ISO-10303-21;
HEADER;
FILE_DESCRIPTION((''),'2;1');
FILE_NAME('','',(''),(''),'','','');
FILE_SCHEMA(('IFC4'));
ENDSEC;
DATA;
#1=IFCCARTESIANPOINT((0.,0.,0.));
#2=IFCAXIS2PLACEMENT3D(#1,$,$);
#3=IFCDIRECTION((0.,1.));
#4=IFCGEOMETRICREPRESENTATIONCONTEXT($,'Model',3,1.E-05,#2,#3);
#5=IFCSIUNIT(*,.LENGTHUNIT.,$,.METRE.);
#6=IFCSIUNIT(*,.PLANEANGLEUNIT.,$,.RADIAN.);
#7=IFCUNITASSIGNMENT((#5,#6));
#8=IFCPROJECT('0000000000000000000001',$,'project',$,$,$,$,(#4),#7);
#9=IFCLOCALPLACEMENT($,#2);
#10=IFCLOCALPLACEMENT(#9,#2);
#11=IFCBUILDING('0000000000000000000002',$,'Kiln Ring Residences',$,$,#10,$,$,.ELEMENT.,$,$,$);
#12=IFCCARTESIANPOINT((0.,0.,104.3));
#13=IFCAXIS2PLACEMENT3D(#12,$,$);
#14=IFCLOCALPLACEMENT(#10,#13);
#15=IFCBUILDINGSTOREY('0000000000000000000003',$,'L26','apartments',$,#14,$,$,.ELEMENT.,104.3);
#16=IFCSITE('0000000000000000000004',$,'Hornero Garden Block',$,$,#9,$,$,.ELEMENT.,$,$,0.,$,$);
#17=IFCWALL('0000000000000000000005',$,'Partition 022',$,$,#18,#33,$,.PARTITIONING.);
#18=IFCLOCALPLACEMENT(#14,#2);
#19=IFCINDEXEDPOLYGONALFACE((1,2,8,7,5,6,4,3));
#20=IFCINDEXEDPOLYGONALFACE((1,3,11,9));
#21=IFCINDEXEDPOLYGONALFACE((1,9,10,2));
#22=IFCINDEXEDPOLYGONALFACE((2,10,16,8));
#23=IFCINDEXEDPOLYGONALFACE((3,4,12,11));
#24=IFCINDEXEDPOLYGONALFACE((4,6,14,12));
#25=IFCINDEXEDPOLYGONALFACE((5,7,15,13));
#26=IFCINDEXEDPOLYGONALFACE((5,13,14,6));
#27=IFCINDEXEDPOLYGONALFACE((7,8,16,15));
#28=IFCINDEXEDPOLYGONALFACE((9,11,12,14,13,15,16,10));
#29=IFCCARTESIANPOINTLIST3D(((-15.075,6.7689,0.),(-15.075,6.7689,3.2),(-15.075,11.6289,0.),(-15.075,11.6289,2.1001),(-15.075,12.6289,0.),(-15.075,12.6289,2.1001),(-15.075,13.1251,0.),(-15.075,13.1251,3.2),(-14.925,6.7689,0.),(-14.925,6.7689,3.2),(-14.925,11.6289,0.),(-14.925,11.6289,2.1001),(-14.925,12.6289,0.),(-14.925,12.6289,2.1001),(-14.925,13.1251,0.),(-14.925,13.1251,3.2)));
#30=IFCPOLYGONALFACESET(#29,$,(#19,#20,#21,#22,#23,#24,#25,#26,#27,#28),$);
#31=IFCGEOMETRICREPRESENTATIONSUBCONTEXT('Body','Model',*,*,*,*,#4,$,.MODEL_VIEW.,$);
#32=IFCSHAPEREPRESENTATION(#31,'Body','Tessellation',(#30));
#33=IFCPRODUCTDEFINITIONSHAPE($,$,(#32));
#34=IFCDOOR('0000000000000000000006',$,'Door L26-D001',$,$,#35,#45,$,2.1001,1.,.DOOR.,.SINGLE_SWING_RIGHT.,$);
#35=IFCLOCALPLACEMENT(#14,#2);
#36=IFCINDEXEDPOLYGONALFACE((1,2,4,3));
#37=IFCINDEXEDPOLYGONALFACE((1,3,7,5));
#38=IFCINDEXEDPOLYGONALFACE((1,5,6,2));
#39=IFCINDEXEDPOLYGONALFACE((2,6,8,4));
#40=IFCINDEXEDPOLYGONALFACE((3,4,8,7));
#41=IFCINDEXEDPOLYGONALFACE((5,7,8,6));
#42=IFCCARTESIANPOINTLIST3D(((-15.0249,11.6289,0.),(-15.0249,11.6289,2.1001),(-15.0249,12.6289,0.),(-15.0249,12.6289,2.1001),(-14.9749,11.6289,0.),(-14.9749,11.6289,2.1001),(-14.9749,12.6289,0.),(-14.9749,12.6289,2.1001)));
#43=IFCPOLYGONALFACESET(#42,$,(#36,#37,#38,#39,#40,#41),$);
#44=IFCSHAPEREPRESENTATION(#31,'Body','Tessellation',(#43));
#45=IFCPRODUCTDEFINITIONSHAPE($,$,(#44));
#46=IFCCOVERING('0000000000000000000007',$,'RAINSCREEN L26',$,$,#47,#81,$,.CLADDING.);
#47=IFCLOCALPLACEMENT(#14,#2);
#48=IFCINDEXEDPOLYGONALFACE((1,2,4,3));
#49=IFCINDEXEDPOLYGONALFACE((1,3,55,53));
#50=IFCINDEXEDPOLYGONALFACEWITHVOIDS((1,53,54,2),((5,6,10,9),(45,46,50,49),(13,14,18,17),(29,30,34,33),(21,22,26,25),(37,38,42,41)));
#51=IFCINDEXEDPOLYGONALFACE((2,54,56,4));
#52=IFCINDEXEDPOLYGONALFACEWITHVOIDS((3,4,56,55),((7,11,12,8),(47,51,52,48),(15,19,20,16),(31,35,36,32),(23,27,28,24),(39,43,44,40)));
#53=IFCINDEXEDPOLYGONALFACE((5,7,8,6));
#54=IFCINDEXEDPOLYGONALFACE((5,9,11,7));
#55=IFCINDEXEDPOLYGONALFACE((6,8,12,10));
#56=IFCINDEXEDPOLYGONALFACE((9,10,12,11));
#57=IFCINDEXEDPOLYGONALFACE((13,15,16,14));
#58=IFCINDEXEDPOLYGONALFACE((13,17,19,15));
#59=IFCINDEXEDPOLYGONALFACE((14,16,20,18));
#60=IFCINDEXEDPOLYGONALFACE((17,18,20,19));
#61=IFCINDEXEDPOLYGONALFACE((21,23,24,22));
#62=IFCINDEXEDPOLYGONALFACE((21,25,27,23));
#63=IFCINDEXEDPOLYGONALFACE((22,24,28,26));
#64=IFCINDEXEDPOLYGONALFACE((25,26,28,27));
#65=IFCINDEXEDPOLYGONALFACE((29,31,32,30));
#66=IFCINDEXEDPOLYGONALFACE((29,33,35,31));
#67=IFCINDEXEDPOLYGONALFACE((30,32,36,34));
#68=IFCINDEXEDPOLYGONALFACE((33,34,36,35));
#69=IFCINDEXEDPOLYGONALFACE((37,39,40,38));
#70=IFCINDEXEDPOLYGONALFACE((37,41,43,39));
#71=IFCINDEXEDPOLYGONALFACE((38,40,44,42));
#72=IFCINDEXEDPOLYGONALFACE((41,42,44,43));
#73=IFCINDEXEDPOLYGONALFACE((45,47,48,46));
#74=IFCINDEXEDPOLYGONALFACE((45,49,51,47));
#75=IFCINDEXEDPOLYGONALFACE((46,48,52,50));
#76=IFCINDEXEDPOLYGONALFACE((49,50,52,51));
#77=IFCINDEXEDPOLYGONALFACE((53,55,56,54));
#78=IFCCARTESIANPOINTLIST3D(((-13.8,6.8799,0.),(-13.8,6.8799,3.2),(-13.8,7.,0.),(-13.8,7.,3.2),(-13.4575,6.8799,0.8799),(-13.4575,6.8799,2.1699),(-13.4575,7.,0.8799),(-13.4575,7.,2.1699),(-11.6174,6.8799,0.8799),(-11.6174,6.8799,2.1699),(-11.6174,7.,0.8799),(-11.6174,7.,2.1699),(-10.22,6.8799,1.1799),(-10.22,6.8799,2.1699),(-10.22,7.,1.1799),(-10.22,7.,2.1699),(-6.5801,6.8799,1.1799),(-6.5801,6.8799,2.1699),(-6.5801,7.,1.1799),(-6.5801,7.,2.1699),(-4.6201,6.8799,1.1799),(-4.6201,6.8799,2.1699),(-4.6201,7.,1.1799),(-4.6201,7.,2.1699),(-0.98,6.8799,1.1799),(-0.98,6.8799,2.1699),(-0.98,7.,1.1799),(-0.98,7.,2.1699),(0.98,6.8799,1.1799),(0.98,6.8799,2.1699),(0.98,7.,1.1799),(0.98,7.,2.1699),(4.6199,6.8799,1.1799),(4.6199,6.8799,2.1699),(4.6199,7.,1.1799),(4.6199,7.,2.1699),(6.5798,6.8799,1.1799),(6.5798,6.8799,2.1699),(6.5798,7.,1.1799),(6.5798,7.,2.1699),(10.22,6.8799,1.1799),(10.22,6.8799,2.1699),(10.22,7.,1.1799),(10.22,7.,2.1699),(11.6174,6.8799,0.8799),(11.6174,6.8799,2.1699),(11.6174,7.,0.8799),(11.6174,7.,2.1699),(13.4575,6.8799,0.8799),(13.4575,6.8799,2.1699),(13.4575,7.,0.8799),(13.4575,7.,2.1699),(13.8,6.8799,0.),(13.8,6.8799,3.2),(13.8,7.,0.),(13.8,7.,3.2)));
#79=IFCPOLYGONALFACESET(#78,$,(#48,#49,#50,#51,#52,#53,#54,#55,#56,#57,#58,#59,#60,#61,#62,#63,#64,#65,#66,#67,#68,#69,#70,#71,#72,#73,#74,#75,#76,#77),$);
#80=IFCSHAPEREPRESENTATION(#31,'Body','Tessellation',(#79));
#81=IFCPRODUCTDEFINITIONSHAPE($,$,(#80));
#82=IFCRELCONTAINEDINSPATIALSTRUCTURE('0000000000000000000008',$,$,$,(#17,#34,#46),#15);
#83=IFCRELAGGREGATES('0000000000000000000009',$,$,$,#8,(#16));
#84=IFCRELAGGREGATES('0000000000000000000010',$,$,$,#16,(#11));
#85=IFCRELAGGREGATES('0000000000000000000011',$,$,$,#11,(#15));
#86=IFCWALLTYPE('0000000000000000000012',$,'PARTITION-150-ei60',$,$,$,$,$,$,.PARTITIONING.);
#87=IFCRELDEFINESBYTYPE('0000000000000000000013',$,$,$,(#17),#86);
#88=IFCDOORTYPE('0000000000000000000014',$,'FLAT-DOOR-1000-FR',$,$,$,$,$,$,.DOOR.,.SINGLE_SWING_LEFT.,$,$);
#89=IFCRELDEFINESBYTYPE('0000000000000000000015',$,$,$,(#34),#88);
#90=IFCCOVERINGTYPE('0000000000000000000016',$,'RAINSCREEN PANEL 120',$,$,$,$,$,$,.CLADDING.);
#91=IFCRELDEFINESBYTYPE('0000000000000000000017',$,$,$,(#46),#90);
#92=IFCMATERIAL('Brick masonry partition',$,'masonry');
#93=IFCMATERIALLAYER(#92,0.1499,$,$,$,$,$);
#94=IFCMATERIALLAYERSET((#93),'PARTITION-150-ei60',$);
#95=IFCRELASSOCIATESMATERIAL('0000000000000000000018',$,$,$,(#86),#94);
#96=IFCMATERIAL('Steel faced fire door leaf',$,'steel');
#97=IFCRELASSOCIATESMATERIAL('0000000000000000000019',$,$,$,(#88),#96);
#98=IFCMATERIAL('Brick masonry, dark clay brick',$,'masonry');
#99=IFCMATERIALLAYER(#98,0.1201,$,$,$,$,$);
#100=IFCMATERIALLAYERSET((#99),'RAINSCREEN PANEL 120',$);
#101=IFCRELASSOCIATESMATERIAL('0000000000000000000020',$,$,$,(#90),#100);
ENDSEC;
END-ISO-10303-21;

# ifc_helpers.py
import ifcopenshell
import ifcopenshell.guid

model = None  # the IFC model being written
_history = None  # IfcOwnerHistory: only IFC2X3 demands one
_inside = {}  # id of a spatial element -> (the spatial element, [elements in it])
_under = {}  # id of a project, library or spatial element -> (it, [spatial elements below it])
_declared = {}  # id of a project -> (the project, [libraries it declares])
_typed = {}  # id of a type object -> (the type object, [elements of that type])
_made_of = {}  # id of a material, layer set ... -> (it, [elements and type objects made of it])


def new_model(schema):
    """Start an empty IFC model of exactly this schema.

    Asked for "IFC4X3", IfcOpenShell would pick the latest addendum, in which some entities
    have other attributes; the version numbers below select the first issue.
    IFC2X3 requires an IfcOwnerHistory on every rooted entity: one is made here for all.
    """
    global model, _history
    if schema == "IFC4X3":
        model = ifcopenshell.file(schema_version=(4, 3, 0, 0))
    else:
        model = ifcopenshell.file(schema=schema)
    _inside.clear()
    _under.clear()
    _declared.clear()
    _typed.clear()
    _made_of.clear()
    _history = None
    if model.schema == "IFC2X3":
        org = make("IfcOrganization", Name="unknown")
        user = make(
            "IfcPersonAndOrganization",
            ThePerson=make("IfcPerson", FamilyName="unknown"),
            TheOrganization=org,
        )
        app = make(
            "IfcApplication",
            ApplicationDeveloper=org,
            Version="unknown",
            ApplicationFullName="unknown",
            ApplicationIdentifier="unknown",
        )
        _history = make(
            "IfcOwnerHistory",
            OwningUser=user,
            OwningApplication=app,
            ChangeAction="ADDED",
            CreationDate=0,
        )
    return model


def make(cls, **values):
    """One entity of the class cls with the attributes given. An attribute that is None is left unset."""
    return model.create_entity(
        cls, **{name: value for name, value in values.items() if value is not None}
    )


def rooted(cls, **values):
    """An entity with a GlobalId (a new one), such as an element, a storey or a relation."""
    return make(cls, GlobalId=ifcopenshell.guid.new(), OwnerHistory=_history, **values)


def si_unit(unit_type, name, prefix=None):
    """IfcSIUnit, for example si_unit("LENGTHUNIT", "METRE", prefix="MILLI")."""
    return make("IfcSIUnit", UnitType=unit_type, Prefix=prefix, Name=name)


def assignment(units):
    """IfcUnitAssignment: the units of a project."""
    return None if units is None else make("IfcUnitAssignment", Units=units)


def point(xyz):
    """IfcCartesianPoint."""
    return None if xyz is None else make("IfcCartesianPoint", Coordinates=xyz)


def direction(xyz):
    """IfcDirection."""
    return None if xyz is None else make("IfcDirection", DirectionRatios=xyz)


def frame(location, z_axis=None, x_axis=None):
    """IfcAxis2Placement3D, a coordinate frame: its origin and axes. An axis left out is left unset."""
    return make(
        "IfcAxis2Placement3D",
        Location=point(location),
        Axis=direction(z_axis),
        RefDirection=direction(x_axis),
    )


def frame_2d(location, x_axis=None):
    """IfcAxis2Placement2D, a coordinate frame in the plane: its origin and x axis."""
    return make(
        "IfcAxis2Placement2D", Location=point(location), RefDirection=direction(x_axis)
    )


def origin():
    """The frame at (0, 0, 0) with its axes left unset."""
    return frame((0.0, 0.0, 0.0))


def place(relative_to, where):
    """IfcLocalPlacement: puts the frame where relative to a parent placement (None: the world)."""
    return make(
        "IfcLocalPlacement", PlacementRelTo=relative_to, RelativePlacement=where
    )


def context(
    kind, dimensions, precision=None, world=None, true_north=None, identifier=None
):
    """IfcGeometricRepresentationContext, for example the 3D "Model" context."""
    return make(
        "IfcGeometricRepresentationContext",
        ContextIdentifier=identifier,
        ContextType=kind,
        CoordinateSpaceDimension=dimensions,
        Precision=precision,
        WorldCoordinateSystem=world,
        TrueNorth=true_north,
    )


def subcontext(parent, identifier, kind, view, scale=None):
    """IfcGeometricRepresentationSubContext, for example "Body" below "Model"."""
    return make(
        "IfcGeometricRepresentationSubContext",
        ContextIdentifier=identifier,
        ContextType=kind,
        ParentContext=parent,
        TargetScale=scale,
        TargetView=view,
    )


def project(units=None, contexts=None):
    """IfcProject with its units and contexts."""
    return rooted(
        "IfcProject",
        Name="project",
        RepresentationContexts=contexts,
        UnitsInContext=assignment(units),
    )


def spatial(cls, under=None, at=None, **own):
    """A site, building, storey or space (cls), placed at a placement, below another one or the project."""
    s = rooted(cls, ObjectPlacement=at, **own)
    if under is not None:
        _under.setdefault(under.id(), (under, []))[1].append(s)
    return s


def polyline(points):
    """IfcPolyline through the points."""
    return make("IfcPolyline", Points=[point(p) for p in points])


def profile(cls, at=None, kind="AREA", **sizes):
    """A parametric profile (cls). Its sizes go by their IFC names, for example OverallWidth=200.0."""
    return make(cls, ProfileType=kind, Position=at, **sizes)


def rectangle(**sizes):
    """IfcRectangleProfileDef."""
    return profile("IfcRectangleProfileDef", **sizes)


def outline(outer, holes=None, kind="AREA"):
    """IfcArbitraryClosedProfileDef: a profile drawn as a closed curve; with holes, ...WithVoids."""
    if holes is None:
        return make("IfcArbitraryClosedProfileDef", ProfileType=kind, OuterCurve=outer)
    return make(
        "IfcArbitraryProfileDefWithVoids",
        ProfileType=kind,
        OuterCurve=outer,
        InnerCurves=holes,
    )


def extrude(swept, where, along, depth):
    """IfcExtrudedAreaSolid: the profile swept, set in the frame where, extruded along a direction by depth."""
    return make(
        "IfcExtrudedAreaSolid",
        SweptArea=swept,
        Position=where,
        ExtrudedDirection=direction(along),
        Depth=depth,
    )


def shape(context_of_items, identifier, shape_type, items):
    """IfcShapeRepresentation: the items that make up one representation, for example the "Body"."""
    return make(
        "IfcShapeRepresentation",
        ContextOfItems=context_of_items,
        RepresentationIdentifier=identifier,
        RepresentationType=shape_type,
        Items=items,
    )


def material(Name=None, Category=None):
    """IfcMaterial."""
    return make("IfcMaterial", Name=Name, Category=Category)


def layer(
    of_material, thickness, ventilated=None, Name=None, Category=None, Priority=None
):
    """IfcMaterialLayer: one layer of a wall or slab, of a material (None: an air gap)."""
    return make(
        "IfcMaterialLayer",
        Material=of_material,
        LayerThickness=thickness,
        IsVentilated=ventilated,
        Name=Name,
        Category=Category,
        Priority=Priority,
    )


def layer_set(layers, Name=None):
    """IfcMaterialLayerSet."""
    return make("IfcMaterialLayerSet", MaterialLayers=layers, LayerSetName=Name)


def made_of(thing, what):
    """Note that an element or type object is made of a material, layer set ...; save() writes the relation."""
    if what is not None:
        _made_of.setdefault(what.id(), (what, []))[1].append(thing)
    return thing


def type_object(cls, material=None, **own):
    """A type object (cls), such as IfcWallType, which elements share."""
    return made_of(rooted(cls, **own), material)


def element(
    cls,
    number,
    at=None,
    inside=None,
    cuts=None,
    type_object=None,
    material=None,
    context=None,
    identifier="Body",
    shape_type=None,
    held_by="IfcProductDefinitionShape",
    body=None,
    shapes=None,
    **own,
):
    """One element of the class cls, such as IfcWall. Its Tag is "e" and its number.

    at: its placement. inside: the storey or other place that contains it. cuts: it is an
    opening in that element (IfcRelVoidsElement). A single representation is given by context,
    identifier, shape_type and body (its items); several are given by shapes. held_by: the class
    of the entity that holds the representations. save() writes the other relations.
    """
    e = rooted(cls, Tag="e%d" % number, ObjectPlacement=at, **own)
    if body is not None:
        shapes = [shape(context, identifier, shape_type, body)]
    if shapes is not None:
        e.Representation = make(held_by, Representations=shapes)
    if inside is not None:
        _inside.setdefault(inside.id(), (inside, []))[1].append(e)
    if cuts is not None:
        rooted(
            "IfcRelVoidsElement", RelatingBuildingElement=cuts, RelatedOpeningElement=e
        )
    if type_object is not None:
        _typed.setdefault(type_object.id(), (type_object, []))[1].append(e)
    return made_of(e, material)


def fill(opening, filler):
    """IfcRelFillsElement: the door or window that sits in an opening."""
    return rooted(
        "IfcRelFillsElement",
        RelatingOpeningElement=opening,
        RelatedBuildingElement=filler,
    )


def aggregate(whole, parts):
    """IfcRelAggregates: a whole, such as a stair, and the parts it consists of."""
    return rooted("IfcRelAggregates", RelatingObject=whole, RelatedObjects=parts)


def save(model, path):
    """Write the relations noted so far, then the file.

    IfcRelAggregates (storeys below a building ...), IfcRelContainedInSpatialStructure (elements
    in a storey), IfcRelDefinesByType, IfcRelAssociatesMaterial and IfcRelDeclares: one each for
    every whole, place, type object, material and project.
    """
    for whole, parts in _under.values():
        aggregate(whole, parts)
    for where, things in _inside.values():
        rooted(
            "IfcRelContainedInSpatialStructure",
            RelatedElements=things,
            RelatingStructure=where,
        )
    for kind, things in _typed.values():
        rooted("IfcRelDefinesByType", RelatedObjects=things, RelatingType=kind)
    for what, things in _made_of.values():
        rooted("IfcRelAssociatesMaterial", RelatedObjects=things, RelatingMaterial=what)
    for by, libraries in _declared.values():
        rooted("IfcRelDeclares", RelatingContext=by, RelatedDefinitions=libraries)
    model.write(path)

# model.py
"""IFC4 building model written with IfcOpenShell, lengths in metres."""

from ifc_helpers import new_model, si_unit, direction, frame, frame_2d, origin, place, context, subcontext, project, spatial, polyline, rectangle, outline, extrude, material, layer, layer_set, type_object, element, fill, save


model = new_model("IFC4")

# Units and contexts
model_context = context("Model", 3, precision=1e-05, world=origin(), true_north=direction((0.0, 1.0)))
body_context = subcontext(model_context, "Body", "Model", "MODEL_VIEW")
ifc_project = project(units=[si_unit("LENGTHUNIT", "METRE"), si_unit("PLANEANGLEUNIT", "RADIAN")], contexts=[model_context])

# Site, building, storey
site_placement = place(None, origin())
site = spatial("IfcSite", under=ifc_project, at=site_placement, Name="Hornero Garden Block", CompositionType="ELEMENT", RefElevation=0.0)
building_placement = place(site_placement, origin())
building = spatial("IfcBuilding", under=site, at=building_placement, Name="Kiln Ring Residences", CompositionType="ELEMENT")
storey_placement = place(building_placement, frame((0.0, 0.0, 104.3)))
storey = spatial("IfcBuildingStorey", under=building, at=storey_placement, Name="L26", Description="apartments", CompositionType="ELEMENT", Elevation=104.3)

# Wall, opening, door
ifc_material_1 = material(Name="Brick masonry partition", Category="masonry")
ifc_layer_1 = layer(ifc_material_1, 0.1499)
ifc_layer_set_1 = layer_set([ifc_layer_1], Name="PARTITION-150-ei60")
wall_type_1 = type_object("IfcWallType", Name="PARTITION-150-ei60", PredefinedType="PARTITIONING", material=ifc_layer_set_1)
wall_1_placement = place(storey_placement, frame((-15.0, 6.7688, 0.0), z_axis=(0.0, 0.0, 1.0), x_axis=(0.0, 1.0, 0.0)))
wall_1 = element("IfcWall", 1, at=wall_1_placement, inside=storey, type_object=wall_type_1, Name="Partition 022", PredefinedType="PARTITIONING", context=body_context, shape_type="SweptSolid", body=[
    extrude(rectangle(XDim=6.3562, YDim=0.1499, at=frame_2d((3.1782, 0.0))), origin(), (0.0, 0.0, 1.0), 3.2),
])
opening_1_placement = place(wall_1_placement, frame((4.8601, 0.0, 0.0)))
opening_1 = element("IfcOpeningElement", 2, at=opening_1_placement, cuts=wall_1, PredefinedType="OPENING", context=body_context, shape_type="SweptSolid", body=[
    extrude(rectangle(XDim=1.0, YDim=2.1001, at=frame_2d((0.5, 1.05))), frame((0.0, 0.085, 0.0), z_axis=(0.0, -1.0, 0.0), x_axis=(1.0, 0.0, 0.0)), (0.0, 0.0, 1.0), 0.1699),
])
ifc_material_2 = material(Name="Steel faced fire door leaf", Category="steel")
door_type = type_object("IfcDoorType", Name="FLAT-DOOR-1000-FR", OperationType="SINGLE_SWING_LEFT", PredefinedType="DOOR", material=ifc_material_2)
door_placement = place(opening_1_placement, origin())
door = element("IfcDoor", 3, at=door_placement, inside=storey, type_object=door_type, Name="Door L26-D001", OperationType="SINGLE_SWING_RIGHT", OverallHeight=2.1001, OverallWidth=1.0, PredefinedType="DOOR", context=body_context, shape_type="SweptSolid", body=[
    extrude(rectangle(XDim=1.0, YDim=2.1001, at=frame_2d((0.5, 1.05))), frame((0.0, 0.0249, 0.0), z_axis=(0.0, -1.0, 0.0), x_axis=(1.0, 0.0, 0.0)), (0.0, 0.0, 1.0), 0.05),
])
fill(opening_1, door)

# Covering
ifc_material_3 = material(Name="Brick masonry, dark clay brick", Category="masonry")
ifc_layer_2 = layer(ifc_material_3, 0.1201)
ifc_layer_set_2 = layer_set([ifc_layer_2], Name="RAINSCREEN PANEL 120")
covering_type = type_object("IfcCoveringType", Name="RAINSCREEN PANEL 120", PredefinedType="CLADDING", material=ifc_layer_set_2)
covering_placement = place(storey_placement, frame((-13.8, 6.9399, 0.0), z_axis=(0.0, 0.0, 1.0), x_axis=(1.0, 0.0, 0.0)))
element("IfcCovering", 4, at=covering_placement, inside=storey, type_object=covering_type, Name="RAINSCREEN L26", PredefinedType="CLADDING", context=body_context, shape_type="SweptSolid", body=[
    extrude(outline(polyline([(0.0, 0.0), (27.6001, 0.0), (27.6001, 3.2), (0.0, 3.2), (0.0, 0.0)]), holes=[polyline([(2.1826, 0.8799), (2.1826, 2.1699), (0.3425, 2.1699), (0.3425, 0.8799), (2.1826, 0.8799)]), polyline([(25.4175, 0.8799), (27.2576, 0.8799), (27.2576, 2.1699), (25.4175, 2.1699), (25.4175, 0.8799)]), polyline([(3.5801, 1.1799), (7.22, 1.1799), (7.22, 2.1699), (3.5801, 2.1699), (3.5801, 1.1799)]), polyline([(12.8201, 1.1799), (12.8201, 2.1699), (9.1799, 2.1699), (9.1799, 1.1799), (12.8201, 1.1799)]), polyline([(14.78, 1.1799), (18.4199, 1.1799), (18.4199, 2.1699), (14.78, 2.1699), (14.78, 1.1799)]), polyline([(20.3799, 1.1799), (24.02, 1.1799), (24.02, 2.1699), (20.3799, 2.1699), (20.3799, 1.1799)])]), frame((0.0, 0.0601, 0.0), z_axis=(0.0, -1.0, 0.0), x_axis=(1.0, 0.0, 0.0)), (0.0, 0.0, 1.0), 0.1201),
])

save(model, "model.ifc")
